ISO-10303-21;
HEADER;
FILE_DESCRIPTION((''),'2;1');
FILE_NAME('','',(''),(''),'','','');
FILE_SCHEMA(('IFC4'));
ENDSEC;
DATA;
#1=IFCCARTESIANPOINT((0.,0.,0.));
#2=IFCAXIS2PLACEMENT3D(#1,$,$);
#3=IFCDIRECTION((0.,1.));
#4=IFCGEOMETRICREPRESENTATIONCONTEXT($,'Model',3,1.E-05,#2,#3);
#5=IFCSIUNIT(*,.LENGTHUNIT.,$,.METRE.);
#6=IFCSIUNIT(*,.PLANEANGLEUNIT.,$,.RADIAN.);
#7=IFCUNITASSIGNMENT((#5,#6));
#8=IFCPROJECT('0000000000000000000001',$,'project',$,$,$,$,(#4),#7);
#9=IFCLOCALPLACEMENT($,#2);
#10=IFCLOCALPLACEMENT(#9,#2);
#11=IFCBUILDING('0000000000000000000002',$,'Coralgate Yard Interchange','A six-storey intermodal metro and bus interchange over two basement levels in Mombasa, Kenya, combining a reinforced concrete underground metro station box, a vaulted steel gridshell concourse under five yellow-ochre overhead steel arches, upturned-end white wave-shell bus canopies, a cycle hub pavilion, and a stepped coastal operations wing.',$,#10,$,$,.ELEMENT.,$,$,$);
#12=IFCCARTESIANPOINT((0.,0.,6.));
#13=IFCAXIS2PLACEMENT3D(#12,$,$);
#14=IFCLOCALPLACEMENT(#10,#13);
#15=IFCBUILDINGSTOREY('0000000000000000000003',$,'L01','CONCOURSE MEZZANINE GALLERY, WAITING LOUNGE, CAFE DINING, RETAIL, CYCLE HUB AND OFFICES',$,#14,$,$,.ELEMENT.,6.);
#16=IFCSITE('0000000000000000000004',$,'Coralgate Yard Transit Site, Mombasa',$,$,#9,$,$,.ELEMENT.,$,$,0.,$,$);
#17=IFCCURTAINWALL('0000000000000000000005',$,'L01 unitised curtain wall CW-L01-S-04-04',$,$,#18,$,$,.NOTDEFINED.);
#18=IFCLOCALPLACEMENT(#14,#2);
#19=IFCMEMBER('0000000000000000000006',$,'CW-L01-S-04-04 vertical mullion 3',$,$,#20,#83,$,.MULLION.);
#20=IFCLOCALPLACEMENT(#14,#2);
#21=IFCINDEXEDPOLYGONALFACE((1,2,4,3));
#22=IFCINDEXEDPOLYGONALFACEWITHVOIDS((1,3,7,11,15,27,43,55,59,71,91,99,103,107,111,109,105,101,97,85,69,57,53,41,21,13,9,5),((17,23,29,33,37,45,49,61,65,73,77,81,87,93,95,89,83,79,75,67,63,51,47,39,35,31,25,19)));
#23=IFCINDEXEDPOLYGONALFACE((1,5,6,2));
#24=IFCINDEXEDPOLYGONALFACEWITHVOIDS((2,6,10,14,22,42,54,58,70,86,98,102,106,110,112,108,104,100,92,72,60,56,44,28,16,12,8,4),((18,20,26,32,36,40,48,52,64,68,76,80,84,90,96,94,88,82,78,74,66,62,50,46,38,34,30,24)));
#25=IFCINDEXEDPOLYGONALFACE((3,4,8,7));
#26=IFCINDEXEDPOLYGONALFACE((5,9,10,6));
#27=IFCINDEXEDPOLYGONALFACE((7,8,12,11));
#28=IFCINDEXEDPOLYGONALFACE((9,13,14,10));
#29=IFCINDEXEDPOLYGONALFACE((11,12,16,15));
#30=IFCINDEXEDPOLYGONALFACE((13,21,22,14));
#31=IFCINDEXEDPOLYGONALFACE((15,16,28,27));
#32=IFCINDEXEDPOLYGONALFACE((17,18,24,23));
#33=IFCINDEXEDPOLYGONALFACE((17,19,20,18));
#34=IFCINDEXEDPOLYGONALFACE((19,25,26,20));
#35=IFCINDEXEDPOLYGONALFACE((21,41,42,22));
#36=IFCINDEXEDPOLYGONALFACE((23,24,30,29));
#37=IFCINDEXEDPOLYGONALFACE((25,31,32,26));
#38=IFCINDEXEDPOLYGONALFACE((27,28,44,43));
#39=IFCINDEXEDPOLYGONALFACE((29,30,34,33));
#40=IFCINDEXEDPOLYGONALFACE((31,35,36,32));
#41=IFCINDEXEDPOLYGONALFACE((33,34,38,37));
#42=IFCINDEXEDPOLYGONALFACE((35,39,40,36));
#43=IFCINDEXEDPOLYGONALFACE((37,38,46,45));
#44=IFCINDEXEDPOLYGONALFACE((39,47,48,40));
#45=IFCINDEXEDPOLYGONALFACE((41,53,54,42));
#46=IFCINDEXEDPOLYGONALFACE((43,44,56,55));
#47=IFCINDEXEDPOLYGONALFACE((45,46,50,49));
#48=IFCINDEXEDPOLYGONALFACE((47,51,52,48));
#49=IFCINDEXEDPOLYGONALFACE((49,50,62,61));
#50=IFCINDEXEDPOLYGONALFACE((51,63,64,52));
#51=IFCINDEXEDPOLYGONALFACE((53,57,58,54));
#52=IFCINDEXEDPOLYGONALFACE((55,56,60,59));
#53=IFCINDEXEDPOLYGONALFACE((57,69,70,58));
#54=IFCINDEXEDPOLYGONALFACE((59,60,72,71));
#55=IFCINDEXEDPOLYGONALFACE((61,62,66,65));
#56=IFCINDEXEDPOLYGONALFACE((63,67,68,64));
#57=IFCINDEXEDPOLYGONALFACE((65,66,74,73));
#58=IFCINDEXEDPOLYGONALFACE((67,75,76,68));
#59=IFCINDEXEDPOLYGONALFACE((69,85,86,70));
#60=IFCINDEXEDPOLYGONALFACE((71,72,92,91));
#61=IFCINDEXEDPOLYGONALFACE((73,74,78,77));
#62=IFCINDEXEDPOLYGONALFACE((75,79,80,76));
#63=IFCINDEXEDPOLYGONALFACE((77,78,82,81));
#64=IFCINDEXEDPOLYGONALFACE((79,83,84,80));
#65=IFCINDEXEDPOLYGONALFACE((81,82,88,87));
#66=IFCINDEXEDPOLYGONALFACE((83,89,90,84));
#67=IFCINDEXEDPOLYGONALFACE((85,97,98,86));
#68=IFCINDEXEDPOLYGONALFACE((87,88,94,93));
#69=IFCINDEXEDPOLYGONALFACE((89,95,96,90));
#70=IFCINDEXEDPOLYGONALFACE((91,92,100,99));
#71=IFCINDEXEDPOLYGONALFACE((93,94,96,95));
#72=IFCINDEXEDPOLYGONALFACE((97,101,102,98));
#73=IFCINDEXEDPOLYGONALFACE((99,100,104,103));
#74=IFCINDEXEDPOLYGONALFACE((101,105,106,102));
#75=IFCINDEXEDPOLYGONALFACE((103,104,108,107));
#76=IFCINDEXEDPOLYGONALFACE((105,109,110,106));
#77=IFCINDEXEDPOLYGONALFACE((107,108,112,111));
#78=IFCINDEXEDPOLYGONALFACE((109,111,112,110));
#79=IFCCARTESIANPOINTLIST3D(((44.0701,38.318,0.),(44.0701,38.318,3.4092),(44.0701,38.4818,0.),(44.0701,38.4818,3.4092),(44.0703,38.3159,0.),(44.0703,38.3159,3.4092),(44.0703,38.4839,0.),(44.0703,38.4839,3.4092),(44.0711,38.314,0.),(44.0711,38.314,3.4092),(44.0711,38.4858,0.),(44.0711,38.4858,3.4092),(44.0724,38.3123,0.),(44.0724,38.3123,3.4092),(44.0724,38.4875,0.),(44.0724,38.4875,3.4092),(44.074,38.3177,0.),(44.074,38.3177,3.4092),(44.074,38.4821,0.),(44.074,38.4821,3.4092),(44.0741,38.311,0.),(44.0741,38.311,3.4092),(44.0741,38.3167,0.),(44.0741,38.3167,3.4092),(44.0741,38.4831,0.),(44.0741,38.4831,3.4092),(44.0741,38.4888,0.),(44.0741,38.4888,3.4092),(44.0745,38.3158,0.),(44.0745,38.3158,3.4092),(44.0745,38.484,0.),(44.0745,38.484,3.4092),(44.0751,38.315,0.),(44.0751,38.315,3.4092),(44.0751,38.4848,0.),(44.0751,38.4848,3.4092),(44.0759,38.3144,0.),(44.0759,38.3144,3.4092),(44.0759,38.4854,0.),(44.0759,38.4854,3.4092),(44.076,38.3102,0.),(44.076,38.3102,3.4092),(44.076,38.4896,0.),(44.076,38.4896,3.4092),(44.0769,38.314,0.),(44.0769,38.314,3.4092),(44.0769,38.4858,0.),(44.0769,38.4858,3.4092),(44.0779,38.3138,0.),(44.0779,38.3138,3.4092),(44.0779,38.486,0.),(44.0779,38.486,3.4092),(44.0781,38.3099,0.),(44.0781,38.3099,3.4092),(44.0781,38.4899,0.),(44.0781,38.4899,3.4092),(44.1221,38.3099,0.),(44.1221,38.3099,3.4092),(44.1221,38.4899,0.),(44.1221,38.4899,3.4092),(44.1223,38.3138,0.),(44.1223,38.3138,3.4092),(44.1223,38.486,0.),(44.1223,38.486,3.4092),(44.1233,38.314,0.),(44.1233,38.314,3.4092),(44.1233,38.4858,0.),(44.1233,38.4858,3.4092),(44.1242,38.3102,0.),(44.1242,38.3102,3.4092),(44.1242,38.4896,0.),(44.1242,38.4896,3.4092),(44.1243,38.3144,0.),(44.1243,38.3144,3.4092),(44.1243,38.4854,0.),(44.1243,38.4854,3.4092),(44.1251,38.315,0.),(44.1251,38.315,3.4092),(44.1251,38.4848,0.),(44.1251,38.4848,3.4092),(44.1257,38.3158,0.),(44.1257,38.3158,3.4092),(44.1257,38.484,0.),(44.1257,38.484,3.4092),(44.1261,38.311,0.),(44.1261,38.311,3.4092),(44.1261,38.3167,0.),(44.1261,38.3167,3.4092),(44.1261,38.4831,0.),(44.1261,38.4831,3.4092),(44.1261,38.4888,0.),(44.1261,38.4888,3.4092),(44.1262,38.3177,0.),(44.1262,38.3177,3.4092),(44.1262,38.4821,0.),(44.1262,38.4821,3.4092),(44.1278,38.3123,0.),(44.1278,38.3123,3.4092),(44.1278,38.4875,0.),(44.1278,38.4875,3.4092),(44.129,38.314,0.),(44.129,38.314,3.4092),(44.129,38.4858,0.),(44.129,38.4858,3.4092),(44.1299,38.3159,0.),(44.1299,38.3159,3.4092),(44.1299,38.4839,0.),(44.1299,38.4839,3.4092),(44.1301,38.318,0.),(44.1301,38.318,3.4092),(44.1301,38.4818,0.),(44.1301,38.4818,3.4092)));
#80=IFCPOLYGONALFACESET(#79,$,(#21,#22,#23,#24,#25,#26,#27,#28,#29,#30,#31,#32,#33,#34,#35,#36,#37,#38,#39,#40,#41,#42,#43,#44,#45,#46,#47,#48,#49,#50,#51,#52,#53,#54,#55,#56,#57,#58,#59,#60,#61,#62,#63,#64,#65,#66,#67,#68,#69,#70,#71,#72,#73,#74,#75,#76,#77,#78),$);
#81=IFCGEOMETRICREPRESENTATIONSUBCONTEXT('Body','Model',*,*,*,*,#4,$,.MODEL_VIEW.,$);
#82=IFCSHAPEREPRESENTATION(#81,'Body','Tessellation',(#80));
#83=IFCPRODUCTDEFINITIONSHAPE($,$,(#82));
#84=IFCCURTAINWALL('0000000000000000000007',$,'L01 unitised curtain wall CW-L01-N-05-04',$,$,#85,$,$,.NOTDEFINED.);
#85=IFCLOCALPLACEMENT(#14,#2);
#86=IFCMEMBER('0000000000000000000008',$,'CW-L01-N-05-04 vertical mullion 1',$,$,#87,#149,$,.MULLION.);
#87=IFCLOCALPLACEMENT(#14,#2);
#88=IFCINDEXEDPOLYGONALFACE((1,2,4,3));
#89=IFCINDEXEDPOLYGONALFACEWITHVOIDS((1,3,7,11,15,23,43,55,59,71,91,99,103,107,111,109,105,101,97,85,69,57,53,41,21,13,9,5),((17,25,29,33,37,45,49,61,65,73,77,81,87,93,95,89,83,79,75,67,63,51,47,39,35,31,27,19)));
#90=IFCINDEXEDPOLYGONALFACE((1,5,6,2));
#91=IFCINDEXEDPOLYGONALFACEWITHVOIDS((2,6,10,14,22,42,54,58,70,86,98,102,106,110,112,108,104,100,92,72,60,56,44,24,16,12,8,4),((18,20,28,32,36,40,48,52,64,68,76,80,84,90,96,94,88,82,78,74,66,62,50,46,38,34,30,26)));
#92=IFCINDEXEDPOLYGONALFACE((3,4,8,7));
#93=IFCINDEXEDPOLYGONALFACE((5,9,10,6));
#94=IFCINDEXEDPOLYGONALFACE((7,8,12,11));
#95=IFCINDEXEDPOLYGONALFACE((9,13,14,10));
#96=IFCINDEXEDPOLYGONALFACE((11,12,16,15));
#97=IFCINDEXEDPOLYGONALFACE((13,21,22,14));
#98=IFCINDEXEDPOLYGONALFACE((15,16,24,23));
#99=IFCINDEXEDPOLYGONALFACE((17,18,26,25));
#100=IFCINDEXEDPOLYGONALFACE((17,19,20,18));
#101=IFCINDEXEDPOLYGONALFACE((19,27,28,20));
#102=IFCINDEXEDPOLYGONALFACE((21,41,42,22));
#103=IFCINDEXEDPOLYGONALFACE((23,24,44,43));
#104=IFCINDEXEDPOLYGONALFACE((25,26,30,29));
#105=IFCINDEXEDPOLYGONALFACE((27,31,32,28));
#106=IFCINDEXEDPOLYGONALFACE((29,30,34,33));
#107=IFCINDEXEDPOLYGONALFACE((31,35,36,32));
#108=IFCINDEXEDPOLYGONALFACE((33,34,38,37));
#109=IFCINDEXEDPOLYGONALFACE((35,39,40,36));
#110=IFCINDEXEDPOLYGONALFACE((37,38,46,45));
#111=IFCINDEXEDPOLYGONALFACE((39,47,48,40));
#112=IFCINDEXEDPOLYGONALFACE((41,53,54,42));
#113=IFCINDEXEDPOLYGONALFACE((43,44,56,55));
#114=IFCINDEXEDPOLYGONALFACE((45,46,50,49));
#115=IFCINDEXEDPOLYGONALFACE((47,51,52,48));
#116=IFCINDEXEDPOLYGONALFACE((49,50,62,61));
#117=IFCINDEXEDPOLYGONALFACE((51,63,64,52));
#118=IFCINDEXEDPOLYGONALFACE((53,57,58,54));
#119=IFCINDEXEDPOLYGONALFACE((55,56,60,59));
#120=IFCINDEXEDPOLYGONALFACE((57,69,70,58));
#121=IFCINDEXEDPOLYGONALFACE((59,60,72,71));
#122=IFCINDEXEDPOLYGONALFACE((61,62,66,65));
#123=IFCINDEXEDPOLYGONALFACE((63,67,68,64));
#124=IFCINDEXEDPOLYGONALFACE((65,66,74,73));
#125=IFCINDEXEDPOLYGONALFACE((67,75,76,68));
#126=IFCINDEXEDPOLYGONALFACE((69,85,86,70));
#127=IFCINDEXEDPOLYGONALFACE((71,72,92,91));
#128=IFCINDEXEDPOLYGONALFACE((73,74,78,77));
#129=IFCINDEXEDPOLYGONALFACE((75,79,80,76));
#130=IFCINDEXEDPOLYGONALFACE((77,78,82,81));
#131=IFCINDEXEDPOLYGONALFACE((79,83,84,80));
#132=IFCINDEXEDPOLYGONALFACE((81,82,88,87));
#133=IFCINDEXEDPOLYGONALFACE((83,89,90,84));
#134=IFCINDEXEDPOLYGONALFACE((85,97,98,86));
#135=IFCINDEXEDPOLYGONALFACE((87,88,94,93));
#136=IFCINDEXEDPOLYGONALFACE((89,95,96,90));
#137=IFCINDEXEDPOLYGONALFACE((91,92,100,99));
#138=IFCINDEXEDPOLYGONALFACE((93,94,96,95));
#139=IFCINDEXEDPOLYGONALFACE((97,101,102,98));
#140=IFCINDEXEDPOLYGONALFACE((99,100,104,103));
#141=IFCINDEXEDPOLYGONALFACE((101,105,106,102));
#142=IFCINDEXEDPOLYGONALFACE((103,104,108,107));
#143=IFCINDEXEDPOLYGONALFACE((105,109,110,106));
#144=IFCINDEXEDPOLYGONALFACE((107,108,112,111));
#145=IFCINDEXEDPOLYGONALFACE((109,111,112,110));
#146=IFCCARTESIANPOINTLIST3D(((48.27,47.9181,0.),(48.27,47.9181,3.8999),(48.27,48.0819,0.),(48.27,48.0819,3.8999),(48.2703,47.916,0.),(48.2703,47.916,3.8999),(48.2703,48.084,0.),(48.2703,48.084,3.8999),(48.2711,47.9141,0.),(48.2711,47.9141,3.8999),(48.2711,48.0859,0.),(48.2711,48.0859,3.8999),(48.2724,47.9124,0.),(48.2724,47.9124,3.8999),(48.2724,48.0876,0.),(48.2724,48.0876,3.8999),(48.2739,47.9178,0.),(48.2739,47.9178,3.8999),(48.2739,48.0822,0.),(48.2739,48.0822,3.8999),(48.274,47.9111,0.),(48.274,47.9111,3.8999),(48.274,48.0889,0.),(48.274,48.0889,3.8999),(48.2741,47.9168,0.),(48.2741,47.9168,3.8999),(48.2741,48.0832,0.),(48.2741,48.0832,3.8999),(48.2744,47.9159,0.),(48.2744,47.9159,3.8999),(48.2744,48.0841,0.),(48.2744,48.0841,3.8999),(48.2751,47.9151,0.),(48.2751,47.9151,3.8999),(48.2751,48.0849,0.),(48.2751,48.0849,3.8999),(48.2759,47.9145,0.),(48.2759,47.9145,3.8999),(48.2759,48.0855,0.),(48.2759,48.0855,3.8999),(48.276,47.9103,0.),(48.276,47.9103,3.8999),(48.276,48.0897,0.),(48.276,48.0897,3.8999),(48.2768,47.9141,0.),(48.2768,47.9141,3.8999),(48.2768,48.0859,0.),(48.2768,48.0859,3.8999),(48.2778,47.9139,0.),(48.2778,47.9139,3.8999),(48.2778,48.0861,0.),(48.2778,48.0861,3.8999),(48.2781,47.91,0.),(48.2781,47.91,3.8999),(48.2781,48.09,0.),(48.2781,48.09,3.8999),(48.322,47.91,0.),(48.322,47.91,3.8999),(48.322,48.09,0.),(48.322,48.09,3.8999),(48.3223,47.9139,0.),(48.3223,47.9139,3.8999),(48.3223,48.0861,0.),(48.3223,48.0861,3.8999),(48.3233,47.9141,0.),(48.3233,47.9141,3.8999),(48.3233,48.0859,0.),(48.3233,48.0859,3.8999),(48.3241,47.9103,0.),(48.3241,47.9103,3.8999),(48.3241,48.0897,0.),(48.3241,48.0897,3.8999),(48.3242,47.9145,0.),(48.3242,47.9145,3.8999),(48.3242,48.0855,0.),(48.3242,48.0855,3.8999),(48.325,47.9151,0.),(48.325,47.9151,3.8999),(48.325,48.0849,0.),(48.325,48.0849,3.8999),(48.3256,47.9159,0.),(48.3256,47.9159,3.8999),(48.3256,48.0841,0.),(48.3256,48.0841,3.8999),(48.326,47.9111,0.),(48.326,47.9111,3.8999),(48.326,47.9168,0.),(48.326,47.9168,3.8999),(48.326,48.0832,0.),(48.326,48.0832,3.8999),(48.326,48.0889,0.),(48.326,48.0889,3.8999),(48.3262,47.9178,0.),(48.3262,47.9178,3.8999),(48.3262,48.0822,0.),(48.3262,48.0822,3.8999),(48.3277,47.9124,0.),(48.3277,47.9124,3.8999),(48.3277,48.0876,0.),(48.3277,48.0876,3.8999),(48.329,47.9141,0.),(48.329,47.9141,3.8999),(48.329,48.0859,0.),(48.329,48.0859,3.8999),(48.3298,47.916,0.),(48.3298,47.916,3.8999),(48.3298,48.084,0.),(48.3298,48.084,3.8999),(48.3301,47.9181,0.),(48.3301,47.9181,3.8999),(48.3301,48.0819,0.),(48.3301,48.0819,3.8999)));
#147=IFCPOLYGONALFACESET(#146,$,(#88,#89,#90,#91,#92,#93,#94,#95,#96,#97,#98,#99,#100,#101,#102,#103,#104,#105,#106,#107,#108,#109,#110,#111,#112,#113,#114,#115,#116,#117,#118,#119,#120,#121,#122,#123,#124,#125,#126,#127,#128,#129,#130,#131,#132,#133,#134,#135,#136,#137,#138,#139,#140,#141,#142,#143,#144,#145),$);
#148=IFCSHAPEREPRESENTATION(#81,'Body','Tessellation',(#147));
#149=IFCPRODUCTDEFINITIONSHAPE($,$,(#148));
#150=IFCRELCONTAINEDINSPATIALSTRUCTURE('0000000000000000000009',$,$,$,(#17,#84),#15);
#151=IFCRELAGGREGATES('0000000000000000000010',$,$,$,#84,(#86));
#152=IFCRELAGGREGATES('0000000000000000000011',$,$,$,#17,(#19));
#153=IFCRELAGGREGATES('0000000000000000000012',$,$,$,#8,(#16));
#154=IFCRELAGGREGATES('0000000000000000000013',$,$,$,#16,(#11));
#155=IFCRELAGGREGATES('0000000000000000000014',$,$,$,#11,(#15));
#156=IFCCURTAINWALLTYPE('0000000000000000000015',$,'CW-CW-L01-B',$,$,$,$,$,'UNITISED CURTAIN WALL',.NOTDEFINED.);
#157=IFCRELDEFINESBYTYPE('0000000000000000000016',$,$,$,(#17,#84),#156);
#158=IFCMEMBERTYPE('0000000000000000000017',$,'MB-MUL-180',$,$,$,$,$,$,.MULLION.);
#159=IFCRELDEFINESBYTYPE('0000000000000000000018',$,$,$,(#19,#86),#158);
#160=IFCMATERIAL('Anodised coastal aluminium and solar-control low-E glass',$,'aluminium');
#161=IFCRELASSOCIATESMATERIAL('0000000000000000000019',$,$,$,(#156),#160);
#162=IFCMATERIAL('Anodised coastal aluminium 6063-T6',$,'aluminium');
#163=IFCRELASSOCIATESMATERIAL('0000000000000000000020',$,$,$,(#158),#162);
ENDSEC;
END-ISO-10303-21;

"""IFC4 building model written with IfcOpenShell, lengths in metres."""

from ifc_helpers import new_model, si_unit, direction, frame, origin, origin_2d, place, context, subcontext, project, spatial, hollow_rectangle, extrude, material, material_profile, profile_set, type_object, element, aggregate, save


model = new_model("IFC4")

# Units and contexts
model_context = context("Model", 3, precision=1e-05, world=origin(), true_north=direction((0.0, 1.0)))
body_context = subcontext(model_context, "Body", "Model", "MODEL_VIEW")
ifc_project = project(units=[si_unit("LENGTHUNIT", "METRE"), si_unit("PLANEANGLEUNIT", "RADIAN")], contexts=[model_context])

# Site, building, storey
site_placement = place(None, origin())
site = spatial("IfcSite", under=ifc_project, at=site_placement, Name="Coralgate Yard Transit Site, Mombasa", CompositionType="ELEMENT", RefElevation=0.0)
building_placement = place(site_placement, origin())
building = spatial("IfcBuilding", under=site, at=building_placement, Name="Coralgate Yard Interchange", Description="A six-storey intermodal metro and bus interchange over two basement levels in Mombasa, Kenya, combining a reinforced concrete underground metro station box, a vaulted steel gridshell concourse under five yellow-ochre overhead steel arches, upturned-end white wave-shell bus canopies, a cycle hub pavilion, and a stepped coastal operations wing.", CompositionType="ELEMENT")
storey_placement = place(building_placement, frame((0.0, 0.0, 6.0)))
storey = spatial("IfcBuildingStorey", under=building, at=storey_placement, Name="L01", Description="CONCOURSE MEZZANINE GALLERY, WAITING LOUNGE, CAFE DINING, RETAIL, CYCLE HUB AND OFFICES", CompositionType="ELEMENT", Elevation=6.0)

# Curtain wall, member
ifc_material_1 = material(Name="Anodised coastal aluminium and solar-control low-E glass", Category="aluminium")
curtain_wall_type = type_object("IfcCurtainWallType", Name="CW-CW-L01-B", ElementType="UNITISED CURTAIN WALL", PredefinedType="NOTDEFINED", material=ifc_material_1)
curtain_wall_1_placement = place(storey_placement, origin())
curtain_wall_1 = element("IfcCurtainWall", 1, at=curtain_wall_1_placement, inside=storey, type_object=curtain_wall_type, Name="L01 unitised curtain wall CW-L01-S-04-04", PredefinedType="NOTDEFINED")
ifc_material_2 = material(Name="Anodised coastal aluminium 6063-T6", Category="aluminium")
ifc_material_profile_1 = material_profile(ifc_material_2, hollow_rectangle(XDim=0.0601, YDim=0.1799, WallThickness=0.0039, InnerFilletRadius=0.0039, OuterFilletRadius=0.0081, at=origin_2d()), Name="ALU 60x180x4")
ifc_profile_set_1 = profile_set([ifc_material_profile_1], Name="Anodised coastal aluminium 6063-T6")
member_type_1 = type_object("IfcMemberType", Name="MB-MUL-180", PredefinedType="MULLION", material=ifc_profile_set_1)
member_1_placement = place(storey_placement, frame((44.1001, 38.3999, 0.0), z_axis=(0.0, 0.0, 1.0), x_axis=(1.0, 0.0, 0.0)))
member_1 = element("IfcMember", 2, at=member_1_placement, type_object=member_type_1, Name="CW-L01-S-04-04 vertical mullion 3", PredefinedType="MULLION", context=body_context, shape_type="SweptSolid", body=[
    extrude(hollow_rectangle(XDim=0.0601, YDim=0.1799, WallThickness=0.0039, InnerFilletRadius=0.0039, OuterFilletRadius=0.0081, at=origin_2d()), origin(), (0.0, 0.0, 1.0), 3.4092),
])

# Curtain wall, member
curtain_wall_2_placement = place(storey_placement, origin())
curtain_wall_2 = element("IfcCurtainWall", 3, at=curtain_wall_2_placement, inside=storey, type_object=curtain_wall_type, Name="L01 unitised curtain wall CW-L01-N-05-04", PredefinedType="NOTDEFINED")
member_2_placement = place(storey_placement, frame((48.3, 48.0, 0.0), z_axis=(0.0, 0.0, 1.0), x_axis=(1.0, 0.0, 0.0)))
member_2 = element("IfcMember", 4, at=member_2_placement, type_object=member_type_1, Name="CW-L01-N-05-04 vertical mullion 1", PredefinedType="MULLION", context=body_context, shape_type="SweptSolid", body=[
    extrude(hollow_rectangle(XDim=0.0601, YDim=0.1799, WallThickness=0.0039, InnerFilletRadius=0.0039, OuterFilletRadius=0.0081, at=origin_2d()), origin(), (0.0, 0.0, 1.0), 3.8999),
])

aggregate(curtain_wall_2, [member_2])

aggregate(curtain_wall_1, [member_1])

save(model, "model.ifc")
